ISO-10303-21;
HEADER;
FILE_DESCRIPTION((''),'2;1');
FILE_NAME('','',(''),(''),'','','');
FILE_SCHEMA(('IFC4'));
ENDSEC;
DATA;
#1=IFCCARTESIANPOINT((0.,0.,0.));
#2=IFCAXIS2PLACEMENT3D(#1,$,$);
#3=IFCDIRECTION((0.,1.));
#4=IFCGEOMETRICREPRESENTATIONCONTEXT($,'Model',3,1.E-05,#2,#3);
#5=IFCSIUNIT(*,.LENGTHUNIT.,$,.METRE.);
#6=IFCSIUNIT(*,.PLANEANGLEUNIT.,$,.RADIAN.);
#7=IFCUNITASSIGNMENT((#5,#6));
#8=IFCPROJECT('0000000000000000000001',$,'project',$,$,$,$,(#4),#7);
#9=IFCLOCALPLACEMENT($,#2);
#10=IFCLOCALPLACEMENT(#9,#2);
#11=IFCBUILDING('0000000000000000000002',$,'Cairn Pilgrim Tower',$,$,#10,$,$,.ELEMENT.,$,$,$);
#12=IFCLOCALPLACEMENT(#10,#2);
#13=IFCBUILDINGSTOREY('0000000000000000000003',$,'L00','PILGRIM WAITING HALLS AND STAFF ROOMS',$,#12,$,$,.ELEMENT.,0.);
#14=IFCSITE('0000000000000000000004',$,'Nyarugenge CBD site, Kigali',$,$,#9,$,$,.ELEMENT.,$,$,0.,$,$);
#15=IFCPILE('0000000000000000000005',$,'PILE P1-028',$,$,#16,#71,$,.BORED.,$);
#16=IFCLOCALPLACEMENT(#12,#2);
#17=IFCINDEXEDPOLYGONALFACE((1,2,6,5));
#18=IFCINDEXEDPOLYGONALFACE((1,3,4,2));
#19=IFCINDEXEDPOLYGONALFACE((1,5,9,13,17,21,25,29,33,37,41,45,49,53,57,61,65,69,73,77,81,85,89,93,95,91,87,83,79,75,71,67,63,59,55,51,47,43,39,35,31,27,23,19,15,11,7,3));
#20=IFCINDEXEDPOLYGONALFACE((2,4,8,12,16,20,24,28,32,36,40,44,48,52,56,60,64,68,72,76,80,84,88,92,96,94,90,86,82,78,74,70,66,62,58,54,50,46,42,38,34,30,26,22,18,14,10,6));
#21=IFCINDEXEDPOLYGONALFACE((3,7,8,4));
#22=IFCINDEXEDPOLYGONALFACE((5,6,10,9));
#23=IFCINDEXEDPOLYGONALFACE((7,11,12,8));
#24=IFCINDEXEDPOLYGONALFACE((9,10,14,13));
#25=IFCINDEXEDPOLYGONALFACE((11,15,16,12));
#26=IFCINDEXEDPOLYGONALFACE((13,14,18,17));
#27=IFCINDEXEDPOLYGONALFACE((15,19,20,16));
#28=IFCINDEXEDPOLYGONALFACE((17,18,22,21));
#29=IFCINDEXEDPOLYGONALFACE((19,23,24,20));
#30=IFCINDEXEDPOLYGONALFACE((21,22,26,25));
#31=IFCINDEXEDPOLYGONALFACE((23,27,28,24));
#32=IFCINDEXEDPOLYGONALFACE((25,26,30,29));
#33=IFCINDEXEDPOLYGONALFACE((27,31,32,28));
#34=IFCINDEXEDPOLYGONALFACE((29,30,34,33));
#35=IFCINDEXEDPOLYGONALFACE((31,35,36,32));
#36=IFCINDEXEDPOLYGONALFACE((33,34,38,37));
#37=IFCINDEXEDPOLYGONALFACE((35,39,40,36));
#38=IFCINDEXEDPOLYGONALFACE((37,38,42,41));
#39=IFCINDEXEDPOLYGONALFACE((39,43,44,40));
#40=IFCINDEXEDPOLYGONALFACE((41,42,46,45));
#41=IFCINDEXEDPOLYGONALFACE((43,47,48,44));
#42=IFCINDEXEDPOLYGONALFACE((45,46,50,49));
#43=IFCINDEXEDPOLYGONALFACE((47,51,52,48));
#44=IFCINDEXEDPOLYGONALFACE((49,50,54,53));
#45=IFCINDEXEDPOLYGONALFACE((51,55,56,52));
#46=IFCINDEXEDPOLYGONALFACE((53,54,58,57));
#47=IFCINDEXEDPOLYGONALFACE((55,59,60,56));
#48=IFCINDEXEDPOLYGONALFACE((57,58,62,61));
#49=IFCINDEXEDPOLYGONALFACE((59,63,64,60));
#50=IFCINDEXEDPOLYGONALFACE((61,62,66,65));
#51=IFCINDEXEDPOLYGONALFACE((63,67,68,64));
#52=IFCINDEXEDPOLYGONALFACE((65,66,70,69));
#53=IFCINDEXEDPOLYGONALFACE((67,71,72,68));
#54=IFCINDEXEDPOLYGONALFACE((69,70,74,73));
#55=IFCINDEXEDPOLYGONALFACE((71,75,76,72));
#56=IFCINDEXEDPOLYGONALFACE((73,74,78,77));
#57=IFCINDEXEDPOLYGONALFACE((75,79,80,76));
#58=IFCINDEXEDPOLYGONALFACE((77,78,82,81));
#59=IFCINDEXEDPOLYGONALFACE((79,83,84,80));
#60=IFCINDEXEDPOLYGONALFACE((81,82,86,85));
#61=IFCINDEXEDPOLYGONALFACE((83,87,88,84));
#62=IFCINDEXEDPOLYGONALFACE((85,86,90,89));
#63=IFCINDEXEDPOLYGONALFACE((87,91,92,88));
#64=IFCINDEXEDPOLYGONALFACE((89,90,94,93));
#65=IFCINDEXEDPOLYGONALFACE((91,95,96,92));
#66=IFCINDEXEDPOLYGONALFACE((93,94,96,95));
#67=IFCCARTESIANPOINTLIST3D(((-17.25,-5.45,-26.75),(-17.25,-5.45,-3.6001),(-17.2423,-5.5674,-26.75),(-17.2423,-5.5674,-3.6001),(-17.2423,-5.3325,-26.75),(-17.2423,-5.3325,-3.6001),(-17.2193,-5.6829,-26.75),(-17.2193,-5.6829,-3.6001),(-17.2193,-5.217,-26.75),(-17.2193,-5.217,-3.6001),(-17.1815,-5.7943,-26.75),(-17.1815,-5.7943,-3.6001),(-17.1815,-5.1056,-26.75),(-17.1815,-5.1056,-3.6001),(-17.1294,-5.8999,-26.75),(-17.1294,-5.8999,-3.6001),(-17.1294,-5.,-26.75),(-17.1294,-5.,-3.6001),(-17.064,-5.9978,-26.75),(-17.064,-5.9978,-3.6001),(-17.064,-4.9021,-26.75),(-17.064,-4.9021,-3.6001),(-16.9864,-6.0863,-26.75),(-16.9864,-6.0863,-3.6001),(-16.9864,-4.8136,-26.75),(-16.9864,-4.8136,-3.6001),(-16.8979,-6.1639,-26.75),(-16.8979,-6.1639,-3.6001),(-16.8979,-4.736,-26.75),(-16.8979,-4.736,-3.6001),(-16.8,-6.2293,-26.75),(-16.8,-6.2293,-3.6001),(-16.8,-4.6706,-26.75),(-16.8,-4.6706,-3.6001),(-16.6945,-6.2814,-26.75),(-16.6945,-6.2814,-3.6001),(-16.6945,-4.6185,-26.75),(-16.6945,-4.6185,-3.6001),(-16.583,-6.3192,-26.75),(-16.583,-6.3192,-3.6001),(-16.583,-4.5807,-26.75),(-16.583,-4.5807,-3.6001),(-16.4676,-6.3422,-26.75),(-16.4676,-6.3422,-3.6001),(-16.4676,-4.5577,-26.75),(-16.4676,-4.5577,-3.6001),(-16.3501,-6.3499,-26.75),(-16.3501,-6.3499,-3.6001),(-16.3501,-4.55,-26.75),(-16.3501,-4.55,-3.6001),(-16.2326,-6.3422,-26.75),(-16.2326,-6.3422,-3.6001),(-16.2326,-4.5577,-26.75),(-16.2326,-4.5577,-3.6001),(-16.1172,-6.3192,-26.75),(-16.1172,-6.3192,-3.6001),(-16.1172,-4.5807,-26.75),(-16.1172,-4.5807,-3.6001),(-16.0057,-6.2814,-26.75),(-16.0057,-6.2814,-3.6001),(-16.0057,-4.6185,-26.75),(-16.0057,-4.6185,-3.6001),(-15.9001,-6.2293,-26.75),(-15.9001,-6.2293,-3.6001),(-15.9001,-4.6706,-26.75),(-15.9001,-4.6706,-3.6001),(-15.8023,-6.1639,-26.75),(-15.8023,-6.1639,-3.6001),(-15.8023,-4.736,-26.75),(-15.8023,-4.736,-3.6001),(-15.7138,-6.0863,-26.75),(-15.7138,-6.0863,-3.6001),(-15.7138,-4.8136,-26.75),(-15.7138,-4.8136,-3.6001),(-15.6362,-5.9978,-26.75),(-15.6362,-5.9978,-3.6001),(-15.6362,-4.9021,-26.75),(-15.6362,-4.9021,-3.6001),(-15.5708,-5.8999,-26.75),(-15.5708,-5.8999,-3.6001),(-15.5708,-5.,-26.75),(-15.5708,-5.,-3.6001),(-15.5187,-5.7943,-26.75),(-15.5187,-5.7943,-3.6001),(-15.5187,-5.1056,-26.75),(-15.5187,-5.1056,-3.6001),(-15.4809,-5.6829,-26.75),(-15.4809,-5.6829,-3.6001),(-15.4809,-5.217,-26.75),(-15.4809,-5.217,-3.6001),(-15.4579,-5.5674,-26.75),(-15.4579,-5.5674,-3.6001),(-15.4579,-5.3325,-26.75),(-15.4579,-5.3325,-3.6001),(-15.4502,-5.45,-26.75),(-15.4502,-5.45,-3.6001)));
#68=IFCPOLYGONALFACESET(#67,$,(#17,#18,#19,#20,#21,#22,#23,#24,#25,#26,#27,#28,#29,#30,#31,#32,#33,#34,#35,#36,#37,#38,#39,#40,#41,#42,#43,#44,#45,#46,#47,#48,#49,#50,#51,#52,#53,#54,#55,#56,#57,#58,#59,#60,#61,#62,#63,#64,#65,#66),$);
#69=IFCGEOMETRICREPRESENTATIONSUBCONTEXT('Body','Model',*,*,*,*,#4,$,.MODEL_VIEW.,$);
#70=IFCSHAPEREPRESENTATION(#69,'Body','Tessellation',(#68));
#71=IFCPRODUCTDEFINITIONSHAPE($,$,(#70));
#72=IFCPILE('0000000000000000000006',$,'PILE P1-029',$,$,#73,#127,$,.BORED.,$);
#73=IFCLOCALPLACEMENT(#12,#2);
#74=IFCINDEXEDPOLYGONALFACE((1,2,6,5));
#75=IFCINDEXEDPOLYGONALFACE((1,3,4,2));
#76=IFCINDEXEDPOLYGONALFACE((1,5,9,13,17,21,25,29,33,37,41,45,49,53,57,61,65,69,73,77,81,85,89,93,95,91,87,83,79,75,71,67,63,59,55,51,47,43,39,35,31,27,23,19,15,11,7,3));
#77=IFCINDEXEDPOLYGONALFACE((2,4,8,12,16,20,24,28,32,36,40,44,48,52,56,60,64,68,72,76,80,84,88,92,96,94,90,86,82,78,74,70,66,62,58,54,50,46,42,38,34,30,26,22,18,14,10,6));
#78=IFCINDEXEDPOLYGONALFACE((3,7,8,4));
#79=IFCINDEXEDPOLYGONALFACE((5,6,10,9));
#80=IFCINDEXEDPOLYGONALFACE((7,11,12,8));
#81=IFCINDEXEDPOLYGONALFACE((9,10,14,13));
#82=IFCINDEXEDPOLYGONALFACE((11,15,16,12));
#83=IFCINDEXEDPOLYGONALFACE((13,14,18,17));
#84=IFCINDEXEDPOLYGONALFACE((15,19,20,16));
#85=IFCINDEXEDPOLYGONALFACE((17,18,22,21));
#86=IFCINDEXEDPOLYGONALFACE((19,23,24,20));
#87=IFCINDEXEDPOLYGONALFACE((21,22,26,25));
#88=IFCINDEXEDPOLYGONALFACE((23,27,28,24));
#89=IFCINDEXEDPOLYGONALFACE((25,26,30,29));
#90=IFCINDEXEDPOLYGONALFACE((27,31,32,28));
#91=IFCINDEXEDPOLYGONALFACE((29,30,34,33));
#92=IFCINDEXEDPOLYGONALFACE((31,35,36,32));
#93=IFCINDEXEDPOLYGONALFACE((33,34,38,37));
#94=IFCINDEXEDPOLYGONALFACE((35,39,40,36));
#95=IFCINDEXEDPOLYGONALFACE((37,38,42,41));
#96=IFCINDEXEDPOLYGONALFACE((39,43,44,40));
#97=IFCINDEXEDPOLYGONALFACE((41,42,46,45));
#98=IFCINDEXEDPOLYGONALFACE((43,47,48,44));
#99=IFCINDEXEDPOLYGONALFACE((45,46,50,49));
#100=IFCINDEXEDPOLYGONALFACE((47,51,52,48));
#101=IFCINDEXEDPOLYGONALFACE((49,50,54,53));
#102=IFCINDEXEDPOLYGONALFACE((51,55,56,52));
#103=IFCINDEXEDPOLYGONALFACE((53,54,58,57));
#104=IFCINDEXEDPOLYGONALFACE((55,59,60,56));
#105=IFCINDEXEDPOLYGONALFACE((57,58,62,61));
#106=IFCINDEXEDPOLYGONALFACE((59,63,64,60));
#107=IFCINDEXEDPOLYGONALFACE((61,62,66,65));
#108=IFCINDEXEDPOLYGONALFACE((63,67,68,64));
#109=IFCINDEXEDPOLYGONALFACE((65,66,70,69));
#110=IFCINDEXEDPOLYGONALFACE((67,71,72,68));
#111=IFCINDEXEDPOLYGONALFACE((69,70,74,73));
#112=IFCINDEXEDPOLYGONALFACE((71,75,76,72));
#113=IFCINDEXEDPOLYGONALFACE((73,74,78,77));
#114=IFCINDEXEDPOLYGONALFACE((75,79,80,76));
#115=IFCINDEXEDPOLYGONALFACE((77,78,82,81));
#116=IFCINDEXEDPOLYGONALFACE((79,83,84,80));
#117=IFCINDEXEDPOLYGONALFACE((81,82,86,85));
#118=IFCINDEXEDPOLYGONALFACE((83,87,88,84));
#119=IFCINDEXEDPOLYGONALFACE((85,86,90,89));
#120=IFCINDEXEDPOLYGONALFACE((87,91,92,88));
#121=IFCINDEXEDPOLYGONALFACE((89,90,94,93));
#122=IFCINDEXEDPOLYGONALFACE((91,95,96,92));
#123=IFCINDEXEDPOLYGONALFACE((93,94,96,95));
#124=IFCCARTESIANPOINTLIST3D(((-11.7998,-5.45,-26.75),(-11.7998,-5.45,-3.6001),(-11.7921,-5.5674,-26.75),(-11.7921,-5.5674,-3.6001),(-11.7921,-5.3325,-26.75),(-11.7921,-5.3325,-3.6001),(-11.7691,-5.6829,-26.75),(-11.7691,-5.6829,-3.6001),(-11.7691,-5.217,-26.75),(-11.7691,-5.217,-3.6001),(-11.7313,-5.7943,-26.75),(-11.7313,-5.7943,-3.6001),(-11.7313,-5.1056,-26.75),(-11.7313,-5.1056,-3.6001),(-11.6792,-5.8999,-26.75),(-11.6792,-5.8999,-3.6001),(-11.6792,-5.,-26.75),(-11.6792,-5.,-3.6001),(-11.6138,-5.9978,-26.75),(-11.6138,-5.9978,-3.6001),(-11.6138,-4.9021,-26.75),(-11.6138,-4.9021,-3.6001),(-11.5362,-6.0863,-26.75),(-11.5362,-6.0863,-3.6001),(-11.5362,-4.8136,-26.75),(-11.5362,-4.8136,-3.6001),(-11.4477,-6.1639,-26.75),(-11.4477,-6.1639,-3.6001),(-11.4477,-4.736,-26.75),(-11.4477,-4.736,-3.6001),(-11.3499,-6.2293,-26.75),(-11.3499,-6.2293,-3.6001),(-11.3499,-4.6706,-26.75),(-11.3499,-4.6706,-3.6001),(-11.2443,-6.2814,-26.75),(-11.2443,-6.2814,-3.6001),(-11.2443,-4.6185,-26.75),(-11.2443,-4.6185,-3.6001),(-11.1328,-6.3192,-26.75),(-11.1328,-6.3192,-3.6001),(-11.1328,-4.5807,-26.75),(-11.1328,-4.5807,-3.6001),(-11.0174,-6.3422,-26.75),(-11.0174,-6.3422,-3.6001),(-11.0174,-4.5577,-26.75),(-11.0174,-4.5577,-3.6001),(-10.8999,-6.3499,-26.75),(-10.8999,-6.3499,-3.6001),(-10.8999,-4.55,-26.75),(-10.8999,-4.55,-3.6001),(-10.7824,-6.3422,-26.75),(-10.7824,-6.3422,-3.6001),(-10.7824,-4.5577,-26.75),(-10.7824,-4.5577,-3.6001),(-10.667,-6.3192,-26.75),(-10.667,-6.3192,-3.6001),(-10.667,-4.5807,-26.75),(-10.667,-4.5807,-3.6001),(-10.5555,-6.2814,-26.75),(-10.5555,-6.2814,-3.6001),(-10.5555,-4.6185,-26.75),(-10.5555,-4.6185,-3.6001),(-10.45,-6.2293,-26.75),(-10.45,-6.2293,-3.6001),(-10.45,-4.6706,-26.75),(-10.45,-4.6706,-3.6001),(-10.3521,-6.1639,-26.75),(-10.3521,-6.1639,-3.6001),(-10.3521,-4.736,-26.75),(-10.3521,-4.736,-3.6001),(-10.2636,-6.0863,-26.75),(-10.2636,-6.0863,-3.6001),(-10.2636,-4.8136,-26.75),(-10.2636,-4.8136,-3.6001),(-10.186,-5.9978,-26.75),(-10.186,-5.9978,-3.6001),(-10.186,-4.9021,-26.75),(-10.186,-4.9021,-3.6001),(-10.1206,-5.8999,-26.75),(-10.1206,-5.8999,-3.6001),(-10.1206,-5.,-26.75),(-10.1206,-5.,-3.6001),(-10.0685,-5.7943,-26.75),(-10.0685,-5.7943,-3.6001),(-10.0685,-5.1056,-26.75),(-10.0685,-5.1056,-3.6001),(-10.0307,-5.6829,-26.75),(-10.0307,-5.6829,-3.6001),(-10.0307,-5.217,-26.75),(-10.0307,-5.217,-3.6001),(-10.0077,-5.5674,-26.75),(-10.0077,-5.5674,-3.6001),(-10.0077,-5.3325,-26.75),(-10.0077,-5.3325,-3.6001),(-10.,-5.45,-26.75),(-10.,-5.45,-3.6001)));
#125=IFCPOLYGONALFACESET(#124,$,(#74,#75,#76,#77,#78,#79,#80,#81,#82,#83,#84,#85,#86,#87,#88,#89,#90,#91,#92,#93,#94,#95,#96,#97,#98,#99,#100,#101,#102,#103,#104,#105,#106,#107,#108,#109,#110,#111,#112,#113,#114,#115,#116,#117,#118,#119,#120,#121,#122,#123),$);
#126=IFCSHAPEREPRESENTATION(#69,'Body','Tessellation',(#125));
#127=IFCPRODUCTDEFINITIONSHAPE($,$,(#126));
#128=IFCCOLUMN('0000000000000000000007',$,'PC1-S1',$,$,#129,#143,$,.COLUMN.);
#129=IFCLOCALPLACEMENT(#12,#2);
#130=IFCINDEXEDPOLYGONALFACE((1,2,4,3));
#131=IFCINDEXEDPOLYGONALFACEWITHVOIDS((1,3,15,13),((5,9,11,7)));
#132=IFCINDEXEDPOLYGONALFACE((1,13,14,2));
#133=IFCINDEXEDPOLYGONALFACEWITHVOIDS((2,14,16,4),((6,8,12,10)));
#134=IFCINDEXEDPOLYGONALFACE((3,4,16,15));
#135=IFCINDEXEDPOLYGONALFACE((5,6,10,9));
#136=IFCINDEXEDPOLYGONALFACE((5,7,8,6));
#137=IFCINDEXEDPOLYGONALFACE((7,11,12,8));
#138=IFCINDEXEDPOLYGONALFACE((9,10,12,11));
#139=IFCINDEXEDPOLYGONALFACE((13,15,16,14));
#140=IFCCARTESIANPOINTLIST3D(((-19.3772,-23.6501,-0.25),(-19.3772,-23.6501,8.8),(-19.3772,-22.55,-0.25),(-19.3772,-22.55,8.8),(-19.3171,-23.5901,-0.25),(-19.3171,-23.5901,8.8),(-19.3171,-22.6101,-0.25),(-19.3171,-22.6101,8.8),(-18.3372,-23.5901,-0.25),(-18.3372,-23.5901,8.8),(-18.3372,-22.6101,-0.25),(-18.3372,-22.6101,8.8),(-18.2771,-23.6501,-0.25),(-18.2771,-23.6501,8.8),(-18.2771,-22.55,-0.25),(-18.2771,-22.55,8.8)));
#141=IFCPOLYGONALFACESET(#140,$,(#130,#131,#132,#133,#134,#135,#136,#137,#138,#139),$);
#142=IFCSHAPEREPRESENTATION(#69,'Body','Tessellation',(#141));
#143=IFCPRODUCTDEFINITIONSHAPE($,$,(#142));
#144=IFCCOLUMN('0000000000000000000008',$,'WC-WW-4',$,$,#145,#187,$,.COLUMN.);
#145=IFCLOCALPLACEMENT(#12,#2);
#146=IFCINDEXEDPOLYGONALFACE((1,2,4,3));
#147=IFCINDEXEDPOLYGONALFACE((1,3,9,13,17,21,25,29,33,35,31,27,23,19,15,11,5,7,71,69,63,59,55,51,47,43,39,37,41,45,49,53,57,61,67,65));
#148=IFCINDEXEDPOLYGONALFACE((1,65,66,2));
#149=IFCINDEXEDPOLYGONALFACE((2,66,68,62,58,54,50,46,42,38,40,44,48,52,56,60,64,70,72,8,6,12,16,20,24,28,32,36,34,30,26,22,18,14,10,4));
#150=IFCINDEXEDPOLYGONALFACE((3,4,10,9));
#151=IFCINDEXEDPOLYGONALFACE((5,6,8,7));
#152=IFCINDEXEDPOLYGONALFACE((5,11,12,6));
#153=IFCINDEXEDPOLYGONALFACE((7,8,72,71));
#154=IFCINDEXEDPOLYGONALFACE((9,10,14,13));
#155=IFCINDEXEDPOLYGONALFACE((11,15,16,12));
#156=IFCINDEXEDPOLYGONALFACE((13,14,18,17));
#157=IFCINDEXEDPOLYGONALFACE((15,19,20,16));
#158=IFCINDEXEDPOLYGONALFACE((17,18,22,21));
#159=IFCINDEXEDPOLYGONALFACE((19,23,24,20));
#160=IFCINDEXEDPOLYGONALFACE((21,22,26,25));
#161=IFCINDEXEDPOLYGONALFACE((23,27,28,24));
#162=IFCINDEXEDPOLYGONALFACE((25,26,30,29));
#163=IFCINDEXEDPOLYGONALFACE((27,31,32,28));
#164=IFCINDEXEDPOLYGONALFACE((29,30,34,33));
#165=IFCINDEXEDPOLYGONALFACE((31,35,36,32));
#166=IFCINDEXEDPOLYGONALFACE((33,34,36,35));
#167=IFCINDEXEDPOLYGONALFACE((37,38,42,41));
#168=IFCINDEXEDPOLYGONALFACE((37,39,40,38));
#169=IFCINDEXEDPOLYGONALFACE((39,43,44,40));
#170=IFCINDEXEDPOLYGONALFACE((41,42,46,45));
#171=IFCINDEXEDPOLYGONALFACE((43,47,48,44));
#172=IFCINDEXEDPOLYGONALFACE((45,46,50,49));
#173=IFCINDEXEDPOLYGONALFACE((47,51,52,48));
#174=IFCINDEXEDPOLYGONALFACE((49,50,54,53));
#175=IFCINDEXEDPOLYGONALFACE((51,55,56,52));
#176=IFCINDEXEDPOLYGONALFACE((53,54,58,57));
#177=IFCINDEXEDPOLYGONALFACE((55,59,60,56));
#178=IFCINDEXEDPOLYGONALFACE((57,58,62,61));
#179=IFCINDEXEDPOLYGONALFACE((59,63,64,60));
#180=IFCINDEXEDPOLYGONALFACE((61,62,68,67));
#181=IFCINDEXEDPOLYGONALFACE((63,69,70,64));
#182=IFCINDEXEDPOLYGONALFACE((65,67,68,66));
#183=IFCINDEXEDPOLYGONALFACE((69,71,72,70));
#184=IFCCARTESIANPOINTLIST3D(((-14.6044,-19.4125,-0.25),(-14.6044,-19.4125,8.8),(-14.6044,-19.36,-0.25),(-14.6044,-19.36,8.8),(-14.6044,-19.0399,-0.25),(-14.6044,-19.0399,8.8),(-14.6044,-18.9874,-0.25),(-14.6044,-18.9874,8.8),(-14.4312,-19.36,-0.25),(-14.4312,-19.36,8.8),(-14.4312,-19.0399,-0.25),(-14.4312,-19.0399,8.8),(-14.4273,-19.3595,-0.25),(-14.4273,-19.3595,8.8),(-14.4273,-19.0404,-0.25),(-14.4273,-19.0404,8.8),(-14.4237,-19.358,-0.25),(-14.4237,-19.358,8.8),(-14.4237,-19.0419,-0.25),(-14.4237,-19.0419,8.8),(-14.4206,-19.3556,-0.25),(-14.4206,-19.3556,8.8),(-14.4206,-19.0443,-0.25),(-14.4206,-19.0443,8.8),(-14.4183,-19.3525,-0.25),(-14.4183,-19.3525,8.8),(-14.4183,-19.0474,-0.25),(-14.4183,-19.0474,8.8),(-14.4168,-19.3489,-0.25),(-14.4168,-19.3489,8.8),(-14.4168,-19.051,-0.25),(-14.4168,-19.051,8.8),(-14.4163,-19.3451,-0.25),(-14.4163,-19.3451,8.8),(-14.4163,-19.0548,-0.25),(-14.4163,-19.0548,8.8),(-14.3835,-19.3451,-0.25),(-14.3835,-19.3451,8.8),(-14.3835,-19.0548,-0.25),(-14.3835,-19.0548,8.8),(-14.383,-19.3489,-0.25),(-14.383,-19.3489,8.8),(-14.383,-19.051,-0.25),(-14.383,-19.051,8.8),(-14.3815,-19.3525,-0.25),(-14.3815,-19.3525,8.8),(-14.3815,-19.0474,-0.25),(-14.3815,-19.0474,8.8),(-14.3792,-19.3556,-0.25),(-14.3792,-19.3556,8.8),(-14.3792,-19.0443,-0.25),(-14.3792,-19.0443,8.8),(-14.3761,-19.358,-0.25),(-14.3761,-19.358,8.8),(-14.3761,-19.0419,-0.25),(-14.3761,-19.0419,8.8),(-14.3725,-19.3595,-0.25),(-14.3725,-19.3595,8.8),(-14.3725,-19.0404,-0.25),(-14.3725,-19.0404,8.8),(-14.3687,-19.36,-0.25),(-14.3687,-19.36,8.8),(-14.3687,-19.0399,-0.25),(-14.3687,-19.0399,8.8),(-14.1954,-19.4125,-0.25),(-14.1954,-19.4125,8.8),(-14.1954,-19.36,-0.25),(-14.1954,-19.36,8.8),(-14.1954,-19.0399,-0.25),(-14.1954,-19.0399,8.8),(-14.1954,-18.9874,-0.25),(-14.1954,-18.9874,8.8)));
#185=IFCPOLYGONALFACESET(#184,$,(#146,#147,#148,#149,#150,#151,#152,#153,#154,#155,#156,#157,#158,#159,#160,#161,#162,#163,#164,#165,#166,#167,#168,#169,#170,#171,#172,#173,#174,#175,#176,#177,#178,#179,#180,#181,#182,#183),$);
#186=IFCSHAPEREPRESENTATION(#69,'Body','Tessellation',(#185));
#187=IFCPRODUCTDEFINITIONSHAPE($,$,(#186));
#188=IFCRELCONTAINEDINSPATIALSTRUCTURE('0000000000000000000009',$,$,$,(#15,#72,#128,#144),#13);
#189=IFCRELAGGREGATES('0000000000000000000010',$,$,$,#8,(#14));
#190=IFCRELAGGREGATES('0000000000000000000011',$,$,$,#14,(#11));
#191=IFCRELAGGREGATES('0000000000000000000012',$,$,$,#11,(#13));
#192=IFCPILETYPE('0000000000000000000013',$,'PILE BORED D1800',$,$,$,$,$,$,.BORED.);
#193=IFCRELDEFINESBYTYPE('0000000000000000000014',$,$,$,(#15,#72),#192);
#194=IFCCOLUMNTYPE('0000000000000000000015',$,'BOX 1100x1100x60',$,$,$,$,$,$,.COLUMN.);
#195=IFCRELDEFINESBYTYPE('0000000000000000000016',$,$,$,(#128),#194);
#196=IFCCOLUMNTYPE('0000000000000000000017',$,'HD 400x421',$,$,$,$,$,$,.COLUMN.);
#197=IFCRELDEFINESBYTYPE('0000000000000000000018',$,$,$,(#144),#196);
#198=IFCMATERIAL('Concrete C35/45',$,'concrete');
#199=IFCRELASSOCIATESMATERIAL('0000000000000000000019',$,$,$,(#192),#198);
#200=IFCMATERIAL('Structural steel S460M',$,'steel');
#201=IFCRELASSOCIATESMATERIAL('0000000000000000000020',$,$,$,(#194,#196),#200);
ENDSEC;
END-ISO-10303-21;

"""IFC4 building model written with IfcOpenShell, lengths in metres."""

from ifc_helpers import new_model, si_unit, direction, frame, origin, origin_2d, place, context, subcontext, project, spatial, hollow_rectangle, circle, i_section, extrude, material, material_profile, profile_set, type_object, element, save


model = new_model("IFC4")

# Units and contexts
model_context = context("Model", 3, precision=1e-05, world=origin(), true_north=direction((0.0, 1.0)))
body_context = subcontext(model_context, "Body", "Model", "MODEL_VIEW")
ifc_project = project(units=[si_unit("LENGTHUNIT", "METRE"), si_unit("PLANEANGLEUNIT", "RADIAN")], contexts=[model_context])

# Site, building, storey
site_placement = place(None, origin())
site = spatial("IfcSite", under=ifc_project, at=site_placement, Name="Nyarugenge CBD site, Kigali", CompositionType="ELEMENT", RefElevation=0.0)
building_placement = place(site_placement, origin())
building = spatial("IfcBuilding", under=site, at=building_placement, Name="Cairn Pilgrim Tower", CompositionType="ELEMENT")
storey_placement = place(building_placement, origin())
storey = spatial("IfcBuildingStorey", under=building, at=storey_placement, Name="L00", Description="PILGRIM WAITING HALLS AND STAFF ROOMS", CompositionType="ELEMENT", Elevation=0.0)

# Piles
ifc_material_1 = material(Name="Concrete C35/45", Category="concrete")
ifc_material_profile_1 = material_profile(ifc_material_1, circle(Radius=0.8999, at=origin_2d()), Name="D1800")
ifc_profile_set_1 = profile_set([ifc_material_profile_1], Name="Concrete C35/45")
pile_type = type_object("IfcPileType", Name="PILE BORED D1800", PredefinedType="BORED", material=ifc_profile_set_1)
for number, where, z_axis, x_axis, name in (
    (1, (-16.3501, -5.45, -3.6001), (0.0, 0.0, -1.0), (1.0, 0.0, 0.0), "PILE P1-028"),
    (2, (-10.8999, -5.45, -3.6001), (0.0, 0.0, -1.0), (1.0, 0.0, 0.0), "PILE P1-029"),
):
    element("IfcPile", number, at=place(storey_placement, frame(where, z_axis=z_axis, x_axis=x_axis)), inside=storey, type_object=pile_type, Name=name, PredefinedType="BORED", context=body_context, shape_type="SweptSolid", body=[
        extrude(circle(Radius=0.8999, at=origin_2d()), origin(), (0.0, 0.0, 1.0), 23.1499),
    ])

# Columns
ifc_material_2 = material(Name="Structural steel S460M", Category="steel")
ifc_material_profile_2 = material_profile(ifc_material_2, hollow_rectangle(XDim=1.1001, YDim=1.1001, WallThickness=0.0601, at=origin_2d()), Name="BOX 1100x1100x60")
ifc_profile_set_2 = profile_set([ifc_material_profile_2], Name="Structural steel S460M")
column_type_1 = type_object("IfcColumnType", Name="BOX 1100x1100x60", PredefinedType="COLUMN", material=ifc_profile_set_2)
column_placement = place(storey_placement, frame((-18.8271, -23.1001, -0.25), z_axis=(0.0, 0.0, 1.0), x_axis=(1.0, 0.0, 0.0)))
element("IfcColumn", 3, at=column_placement, inside=storey, type_object=column_type_1, Name="PC1-S1", PredefinedType="COLUMN", context=body_context, shape_type="SweptSolid", body=[
    extrude(hollow_rectangle(XDim=1.1001, YDim=1.1001, WallThickness=0.0601, at=origin_2d()), origin(), (0.0, 0.0, 1.0), 9.05),
])
ifc_material_profile_3 = material_profile(ifc_material_2, i_section(OverallWidth=0.4089, OverallDepth=0.425, WebThickness=0.0327, FlangeThickness=0.0525, FilletRadius=0.0149, at=origin_2d()), Name="HD 400x421")
ifc_profile_set_3 = profile_set([ifc_material_profile_3], Name="Structural steel S460M")
column_type_2 = type_object("IfcColumnType", Name="HD 400x421", PredefinedType="COLUMN", material=ifc_profile_set_3)
for number, where, z_axis, x_axis, name in (
    (4, (-14.3999, -19.2, -0.25), (0.0, 0.0, 1.0), (1.0, 0.0, 0.0), "WC-WW-4"),
):
    element("IfcColumn", number, at=place(storey_placement, frame(where, z_axis=z_axis, x_axis=x_axis)), inside=storey, type_object=column_type_2, Name=name, PredefinedType="COLUMN", context=body_context, shape_type="SweptSolid", body=[
        extrude(i_section(OverallWidth=0.4089, OverallDepth=0.425, WebThickness=0.0327, FlangeThickness=0.0525, FilletRadius=0.0149, at=origin_2d()), origin(), (0.0, 0.0, 1.0), 9.05),
    ])

save(model, "model.ifc")
